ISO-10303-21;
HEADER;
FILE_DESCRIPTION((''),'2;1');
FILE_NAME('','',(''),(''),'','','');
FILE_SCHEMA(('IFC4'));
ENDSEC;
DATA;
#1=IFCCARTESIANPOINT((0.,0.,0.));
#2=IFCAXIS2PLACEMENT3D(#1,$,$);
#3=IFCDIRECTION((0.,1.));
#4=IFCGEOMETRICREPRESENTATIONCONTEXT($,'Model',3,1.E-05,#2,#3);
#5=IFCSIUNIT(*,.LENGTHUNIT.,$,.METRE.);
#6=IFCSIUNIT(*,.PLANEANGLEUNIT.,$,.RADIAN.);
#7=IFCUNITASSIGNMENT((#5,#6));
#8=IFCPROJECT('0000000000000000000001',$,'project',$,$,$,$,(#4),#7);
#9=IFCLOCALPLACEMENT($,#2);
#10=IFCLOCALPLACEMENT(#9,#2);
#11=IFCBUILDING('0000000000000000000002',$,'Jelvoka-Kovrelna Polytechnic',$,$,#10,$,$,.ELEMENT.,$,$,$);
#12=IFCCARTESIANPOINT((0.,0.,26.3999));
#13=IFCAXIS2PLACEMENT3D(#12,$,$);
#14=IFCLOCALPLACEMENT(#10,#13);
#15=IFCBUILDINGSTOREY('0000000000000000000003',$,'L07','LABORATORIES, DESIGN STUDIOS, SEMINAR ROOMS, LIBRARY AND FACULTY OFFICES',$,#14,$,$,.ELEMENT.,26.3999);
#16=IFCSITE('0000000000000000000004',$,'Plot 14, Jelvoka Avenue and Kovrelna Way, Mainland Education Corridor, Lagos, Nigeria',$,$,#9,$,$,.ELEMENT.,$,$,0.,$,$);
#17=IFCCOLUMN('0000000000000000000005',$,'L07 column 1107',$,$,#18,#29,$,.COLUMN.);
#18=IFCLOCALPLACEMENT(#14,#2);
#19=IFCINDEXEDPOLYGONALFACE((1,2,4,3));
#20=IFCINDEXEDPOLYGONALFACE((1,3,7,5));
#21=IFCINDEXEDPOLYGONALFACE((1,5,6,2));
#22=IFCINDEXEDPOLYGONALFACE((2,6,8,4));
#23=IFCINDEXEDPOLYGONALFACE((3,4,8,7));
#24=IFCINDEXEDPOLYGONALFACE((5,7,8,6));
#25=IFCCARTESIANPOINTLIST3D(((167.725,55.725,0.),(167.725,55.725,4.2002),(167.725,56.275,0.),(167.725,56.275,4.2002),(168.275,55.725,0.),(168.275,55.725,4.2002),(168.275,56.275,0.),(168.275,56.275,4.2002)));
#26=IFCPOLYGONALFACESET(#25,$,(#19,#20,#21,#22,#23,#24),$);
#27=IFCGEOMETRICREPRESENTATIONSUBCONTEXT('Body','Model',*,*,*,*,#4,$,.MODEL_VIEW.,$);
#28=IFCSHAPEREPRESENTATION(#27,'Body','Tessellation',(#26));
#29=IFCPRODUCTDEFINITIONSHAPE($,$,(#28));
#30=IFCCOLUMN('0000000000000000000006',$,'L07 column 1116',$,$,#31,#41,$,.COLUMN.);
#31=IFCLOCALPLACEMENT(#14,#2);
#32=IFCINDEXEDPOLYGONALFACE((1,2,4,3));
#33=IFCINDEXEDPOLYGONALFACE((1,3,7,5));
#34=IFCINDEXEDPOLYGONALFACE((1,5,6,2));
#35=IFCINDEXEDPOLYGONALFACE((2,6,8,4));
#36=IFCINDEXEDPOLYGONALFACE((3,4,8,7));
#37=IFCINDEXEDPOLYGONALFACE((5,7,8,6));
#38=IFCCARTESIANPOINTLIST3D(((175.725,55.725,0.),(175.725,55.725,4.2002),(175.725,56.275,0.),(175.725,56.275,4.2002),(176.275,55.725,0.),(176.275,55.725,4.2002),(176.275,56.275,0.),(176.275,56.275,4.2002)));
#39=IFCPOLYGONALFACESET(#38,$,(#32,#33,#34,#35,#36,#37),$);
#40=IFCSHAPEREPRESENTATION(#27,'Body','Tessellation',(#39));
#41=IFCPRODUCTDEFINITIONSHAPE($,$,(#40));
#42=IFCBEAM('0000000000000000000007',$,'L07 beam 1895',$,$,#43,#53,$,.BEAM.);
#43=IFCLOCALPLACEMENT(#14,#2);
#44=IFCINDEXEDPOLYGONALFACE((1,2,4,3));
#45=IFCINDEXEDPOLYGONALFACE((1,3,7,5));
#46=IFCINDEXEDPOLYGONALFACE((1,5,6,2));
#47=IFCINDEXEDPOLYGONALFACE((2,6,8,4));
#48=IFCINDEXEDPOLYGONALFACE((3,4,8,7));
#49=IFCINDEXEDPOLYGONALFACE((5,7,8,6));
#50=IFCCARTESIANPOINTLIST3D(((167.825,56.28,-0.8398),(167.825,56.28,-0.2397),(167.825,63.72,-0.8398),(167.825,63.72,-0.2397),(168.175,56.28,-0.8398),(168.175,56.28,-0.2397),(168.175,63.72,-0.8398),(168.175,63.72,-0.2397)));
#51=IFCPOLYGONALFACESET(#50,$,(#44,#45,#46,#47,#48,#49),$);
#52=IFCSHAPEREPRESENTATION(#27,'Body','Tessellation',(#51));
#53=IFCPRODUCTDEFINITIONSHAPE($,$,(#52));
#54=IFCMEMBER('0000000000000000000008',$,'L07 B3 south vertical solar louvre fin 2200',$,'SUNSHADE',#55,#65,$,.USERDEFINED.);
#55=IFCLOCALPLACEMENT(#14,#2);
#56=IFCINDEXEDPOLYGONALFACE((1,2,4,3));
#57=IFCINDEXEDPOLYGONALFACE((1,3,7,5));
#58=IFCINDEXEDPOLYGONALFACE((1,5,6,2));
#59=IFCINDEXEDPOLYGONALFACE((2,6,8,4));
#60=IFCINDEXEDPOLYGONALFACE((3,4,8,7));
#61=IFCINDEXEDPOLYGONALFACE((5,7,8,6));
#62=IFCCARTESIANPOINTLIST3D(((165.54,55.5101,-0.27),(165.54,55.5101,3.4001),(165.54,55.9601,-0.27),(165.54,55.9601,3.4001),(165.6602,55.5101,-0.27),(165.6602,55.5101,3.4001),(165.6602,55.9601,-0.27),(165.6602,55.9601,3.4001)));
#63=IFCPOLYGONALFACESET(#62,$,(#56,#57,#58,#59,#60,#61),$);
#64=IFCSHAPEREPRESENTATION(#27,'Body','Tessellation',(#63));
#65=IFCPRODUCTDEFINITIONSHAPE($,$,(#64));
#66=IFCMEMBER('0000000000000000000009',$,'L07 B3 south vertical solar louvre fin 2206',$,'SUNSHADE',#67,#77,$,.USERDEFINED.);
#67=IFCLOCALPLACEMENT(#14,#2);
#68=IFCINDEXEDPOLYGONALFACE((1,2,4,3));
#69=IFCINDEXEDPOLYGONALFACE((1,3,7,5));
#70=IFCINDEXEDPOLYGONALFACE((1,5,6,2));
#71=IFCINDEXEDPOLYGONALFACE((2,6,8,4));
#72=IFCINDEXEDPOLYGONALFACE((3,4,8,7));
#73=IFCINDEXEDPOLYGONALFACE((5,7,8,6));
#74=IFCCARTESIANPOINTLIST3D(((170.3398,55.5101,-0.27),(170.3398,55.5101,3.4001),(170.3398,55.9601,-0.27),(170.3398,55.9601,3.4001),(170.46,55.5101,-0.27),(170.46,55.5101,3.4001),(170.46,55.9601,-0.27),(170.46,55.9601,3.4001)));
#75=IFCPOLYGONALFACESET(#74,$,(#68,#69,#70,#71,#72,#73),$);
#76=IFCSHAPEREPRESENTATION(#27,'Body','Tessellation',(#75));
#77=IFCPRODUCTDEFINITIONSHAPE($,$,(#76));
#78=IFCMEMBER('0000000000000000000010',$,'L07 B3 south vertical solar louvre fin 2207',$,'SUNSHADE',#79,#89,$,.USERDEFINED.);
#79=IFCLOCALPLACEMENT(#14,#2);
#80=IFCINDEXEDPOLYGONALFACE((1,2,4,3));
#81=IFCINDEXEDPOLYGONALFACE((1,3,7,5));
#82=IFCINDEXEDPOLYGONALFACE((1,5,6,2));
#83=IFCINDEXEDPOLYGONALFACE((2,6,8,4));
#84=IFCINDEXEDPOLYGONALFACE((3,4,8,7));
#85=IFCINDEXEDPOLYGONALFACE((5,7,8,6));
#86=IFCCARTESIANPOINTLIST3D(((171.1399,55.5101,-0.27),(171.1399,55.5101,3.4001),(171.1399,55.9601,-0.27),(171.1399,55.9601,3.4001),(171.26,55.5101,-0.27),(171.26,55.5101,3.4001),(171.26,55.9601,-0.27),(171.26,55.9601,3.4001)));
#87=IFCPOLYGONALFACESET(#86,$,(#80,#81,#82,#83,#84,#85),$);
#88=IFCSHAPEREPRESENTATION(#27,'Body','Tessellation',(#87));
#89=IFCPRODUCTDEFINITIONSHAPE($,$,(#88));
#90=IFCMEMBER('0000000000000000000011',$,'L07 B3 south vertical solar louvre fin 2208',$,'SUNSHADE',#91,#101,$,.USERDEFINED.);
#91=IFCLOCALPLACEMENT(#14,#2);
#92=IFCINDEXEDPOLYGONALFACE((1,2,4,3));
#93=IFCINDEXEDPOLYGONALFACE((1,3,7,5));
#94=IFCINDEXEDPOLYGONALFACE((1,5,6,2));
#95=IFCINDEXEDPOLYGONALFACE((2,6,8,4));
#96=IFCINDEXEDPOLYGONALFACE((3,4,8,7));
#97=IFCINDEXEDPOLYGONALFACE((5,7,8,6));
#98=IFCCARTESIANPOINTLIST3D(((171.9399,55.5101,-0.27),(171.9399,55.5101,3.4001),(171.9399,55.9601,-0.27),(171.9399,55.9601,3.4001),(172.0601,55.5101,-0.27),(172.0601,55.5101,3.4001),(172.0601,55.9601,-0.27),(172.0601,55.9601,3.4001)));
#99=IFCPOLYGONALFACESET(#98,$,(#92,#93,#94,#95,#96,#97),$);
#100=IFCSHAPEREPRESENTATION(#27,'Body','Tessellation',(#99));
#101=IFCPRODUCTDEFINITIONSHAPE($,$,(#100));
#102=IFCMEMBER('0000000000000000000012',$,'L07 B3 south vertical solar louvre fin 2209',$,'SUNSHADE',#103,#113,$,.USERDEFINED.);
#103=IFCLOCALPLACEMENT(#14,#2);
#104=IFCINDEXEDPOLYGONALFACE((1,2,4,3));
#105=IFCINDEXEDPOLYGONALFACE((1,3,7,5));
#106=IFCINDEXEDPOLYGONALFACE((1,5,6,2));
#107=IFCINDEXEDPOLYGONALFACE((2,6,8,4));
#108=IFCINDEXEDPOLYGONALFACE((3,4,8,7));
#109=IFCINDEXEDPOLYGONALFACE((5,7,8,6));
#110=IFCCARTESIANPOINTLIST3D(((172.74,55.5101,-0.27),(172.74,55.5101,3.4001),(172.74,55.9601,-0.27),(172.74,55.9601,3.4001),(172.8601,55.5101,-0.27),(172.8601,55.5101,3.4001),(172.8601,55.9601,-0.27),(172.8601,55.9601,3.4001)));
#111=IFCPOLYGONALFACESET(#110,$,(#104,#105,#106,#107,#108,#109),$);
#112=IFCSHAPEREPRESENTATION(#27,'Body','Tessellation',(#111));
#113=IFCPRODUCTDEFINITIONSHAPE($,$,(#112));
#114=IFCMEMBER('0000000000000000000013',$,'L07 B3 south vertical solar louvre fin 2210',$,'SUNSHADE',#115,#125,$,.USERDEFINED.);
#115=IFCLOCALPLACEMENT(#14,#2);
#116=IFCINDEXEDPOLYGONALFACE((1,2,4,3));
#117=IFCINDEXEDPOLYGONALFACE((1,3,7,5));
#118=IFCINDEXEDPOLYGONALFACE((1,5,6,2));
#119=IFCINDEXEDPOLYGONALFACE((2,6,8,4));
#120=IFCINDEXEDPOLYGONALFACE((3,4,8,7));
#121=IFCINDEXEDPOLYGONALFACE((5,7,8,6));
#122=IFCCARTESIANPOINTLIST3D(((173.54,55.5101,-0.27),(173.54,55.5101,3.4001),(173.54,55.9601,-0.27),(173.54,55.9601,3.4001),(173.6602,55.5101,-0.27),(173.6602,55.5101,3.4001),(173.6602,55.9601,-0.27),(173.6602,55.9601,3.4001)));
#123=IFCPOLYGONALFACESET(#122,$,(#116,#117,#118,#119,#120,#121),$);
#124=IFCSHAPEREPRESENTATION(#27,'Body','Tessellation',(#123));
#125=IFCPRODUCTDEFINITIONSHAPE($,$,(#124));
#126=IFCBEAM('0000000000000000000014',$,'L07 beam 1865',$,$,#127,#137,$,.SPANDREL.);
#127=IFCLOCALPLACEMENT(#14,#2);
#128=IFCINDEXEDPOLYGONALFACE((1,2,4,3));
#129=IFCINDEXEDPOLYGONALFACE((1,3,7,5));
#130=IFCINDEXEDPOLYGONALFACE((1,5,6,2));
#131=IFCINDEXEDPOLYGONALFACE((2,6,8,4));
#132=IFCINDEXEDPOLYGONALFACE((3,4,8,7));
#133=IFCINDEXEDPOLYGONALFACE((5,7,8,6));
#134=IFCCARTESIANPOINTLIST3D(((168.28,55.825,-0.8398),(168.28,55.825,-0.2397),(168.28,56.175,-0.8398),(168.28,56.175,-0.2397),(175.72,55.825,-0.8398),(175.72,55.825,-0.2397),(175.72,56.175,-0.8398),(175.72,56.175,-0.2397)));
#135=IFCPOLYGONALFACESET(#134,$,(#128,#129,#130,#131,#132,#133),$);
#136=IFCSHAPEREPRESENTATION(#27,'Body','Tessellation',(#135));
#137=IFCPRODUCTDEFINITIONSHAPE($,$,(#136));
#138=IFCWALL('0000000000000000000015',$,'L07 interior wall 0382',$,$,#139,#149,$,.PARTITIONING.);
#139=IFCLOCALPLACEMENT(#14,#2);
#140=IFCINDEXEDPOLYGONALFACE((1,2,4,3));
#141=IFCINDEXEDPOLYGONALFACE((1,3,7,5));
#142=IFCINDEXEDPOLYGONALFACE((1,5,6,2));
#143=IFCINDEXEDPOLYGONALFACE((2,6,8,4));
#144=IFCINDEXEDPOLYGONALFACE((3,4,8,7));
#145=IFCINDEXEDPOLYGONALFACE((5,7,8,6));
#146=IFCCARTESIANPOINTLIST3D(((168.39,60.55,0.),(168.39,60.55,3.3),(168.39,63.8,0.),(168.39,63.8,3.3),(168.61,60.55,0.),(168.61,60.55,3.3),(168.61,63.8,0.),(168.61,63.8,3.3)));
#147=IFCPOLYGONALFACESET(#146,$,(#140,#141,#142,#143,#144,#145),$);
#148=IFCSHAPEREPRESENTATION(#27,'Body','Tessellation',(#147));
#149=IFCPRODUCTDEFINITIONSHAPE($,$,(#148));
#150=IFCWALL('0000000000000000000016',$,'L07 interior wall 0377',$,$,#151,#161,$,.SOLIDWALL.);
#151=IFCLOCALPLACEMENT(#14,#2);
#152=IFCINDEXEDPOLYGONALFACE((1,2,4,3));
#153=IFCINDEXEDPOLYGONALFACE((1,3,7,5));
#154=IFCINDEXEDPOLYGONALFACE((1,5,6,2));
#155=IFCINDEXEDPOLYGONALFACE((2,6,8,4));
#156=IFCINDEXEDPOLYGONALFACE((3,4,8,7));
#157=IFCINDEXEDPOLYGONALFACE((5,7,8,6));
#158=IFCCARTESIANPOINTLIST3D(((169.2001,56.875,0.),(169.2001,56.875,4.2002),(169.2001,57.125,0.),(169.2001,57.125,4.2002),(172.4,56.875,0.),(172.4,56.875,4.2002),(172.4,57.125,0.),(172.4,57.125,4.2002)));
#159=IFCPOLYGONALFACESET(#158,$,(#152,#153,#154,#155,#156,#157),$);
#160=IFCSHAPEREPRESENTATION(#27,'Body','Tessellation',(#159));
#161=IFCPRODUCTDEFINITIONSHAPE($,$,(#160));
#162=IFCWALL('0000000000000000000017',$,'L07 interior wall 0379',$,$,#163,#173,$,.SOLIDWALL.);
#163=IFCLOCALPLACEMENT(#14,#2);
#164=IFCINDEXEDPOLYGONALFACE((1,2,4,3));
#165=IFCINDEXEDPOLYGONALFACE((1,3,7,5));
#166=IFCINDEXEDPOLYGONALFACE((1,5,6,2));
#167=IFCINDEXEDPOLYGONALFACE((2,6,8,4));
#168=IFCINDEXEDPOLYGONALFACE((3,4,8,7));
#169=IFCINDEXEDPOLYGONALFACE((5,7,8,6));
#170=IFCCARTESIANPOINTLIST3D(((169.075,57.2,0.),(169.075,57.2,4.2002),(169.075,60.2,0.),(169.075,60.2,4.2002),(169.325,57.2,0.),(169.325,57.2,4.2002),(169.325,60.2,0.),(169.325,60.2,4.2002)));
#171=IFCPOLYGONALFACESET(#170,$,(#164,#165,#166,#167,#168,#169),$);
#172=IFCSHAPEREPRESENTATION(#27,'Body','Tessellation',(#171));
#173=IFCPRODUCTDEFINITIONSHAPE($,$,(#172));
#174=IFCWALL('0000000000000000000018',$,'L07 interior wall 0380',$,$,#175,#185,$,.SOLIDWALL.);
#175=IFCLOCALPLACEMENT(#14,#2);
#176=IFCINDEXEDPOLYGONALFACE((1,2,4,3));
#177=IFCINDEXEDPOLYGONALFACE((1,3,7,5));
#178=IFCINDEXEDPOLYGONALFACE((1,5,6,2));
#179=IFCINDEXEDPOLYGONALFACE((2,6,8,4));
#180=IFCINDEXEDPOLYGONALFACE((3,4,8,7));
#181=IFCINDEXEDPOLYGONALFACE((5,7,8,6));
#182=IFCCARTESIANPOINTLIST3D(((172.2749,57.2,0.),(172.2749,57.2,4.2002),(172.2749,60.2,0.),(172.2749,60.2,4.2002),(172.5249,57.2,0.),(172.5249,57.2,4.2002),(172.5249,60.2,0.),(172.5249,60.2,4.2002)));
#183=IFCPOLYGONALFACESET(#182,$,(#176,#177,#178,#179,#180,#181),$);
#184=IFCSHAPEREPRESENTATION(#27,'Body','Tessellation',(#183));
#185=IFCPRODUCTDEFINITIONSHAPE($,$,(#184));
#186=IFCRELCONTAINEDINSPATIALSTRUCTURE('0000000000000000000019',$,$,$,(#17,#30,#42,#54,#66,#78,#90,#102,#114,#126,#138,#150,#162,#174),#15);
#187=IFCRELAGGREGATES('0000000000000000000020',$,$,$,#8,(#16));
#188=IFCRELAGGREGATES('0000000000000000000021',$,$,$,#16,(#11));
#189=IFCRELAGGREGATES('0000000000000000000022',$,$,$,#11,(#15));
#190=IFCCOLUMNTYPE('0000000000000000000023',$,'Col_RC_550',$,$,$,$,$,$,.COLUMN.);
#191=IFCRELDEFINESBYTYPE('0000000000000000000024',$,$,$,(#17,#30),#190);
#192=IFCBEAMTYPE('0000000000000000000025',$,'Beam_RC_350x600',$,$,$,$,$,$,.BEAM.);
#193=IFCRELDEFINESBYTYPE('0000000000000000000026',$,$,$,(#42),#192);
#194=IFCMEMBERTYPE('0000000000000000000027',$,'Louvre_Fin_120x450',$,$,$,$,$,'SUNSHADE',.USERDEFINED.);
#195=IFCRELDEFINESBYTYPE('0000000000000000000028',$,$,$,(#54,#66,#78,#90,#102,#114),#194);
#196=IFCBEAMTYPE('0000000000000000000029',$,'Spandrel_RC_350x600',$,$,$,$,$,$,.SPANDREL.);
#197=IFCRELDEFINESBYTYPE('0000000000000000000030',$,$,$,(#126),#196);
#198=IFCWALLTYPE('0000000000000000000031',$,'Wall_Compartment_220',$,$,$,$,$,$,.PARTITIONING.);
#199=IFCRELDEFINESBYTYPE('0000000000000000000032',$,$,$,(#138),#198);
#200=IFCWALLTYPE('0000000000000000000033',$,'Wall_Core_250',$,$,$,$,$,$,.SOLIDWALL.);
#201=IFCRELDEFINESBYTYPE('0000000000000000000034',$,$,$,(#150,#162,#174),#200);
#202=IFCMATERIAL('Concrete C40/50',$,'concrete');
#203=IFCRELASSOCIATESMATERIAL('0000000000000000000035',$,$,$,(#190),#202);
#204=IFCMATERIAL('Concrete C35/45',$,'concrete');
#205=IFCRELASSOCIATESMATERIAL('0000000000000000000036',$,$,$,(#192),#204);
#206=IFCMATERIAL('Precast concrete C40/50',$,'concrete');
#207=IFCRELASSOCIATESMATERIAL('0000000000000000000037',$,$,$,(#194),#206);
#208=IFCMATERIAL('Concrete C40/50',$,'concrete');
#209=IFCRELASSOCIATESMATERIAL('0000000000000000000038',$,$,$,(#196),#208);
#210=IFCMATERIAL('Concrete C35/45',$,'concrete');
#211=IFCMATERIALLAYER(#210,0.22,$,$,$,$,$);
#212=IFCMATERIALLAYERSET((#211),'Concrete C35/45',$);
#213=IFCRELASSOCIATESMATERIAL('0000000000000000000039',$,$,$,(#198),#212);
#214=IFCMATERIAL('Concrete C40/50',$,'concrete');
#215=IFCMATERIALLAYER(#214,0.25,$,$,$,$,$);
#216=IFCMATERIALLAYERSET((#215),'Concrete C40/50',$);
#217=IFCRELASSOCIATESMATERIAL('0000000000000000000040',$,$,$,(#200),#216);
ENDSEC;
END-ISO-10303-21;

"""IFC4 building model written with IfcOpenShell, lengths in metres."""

from ifc_helpers import new_model, si_unit, direction, frame, frame_2d, origin, origin_2d, place, context, subcontext, project, spatial, rectangle, extrude, material, layer, layer_set, material_profile, profile_set, type_object, element, save


model = new_model("IFC4")

# Units and contexts
model_context = context("Model", 3, precision=1e-05, world=origin(), true_north=direction((0.0, 1.0)))
body_context = subcontext(model_context, "Body", "Model", "MODEL_VIEW")
ifc_project = project(units=[si_unit("LENGTHUNIT", "METRE"), si_unit("PLANEANGLEUNIT", "RADIAN")], contexts=[model_context])

# Site, building, storey
site_placement = place(None, origin())
site = spatial("IfcSite", under=ifc_project, at=site_placement, Name="Plot 14, Jelvoka Avenue and Kovrelna Way, Mainland Education Corridor, Lagos, Nigeria", CompositionType="ELEMENT", RefElevation=0.0)
building_placement = place(site_placement, origin())
building = spatial("IfcBuilding", under=site, at=building_placement, Name="Jelvoka-Kovrelna Polytechnic", CompositionType="ELEMENT")
storey_placement = place(building_placement, frame((0.0, 0.0, 26.3999)))
storey = spatial("IfcBuildingStorey", under=building, at=storey_placement, Name="L07", Description="LABORATORIES, DESIGN STUDIOS, SEMINAR ROOMS, LIBRARY AND FACULTY OFFICES", CompositionType="ELEMENT", Elevation=26.3999)

# Columns
ifc_material_1 = material(Name="Concrete C40/50", Category="concrete")
ifc_material_profile_1 = material_profile(ifc_material_1, rectangle(XDim=0.55, YDim=0.55, at=origin_2d()), Name="RC 550x550")
ifc_profile_set_1 = profile_set([ifc_material_profile_1], Name="Concrete C40/50")
column_type = type_object("IfcColumnType", Name="Col_RC_550", PredefinedType="COLUMN", material=ifc_profile_set_1)
for number, where, z_axis, x_axis, name in (
    (1, (168.0, 56.0, 0.0), (0.0, 0.0, 1.0), (1.0, 0.0, 0.0), "L07 column 1107"),
    (2, (176.0, 56.0, 0.0), (0.0, 0.0, 1.0), (1.0, 0.0, 0.0), "L07 column 1116"),
):
    element("IfcColumn", number, at=place(storey_placement, frame(where, z_axis=z_axis, x_axis=x_axis)), inside=storey, type_object=column_type, Name=name, PredefinedType="COLUMN", context=body_context, shape_type="SweptSolid", body=[
        extrude(rectangle(XDim=0.55, YDim=0.55, at=origin_2d()), origin(), (0.0, 0.0, 1.0), 4.2002),
    ])

# Beam
ifc_material_2 = material(Name="Concrete C35/45", Category="concrete")
ifc_material_profile_2 = material_profile(ifc_material_2, rectangle(XDim=0.3501, YDim=0.6001, at=origin_2d()), Name="RC 350x600")
ifc_profile_set_2 = profile_set([ifc_material_profile_2], Name="Concrete C35/45")
beam_type_1 = type_object("IfcBeamType", Name="Beam_RC_350x600", PredefinedType="BEAM", material=ifc_profile_set_2)
beam_1_placement = place(storey_placement, frame((168.0, 56.28, -0.5398), z_axis=(0.0, 1.0, 0.0), x_axis=(-1.0, 0.0, 0.0)))
element("IfcBeam", 3, at=beam_1_placement, inside=storey, type_object=beam_type_1, Name="L07 beam 1895", PredefinedType="BEAM", context=body_context, shape_type="SweptSolid", body=[
    extrude(rectangle(XDim=0.3501, YDim=0.6001, at=origin_2d()), origin(), (0.0, 0.0, 1.0), 7.4399),
])

# Members
ifc_material_3 = material(Name="Precast concrete C40/50", Category="concrete")
ifc_material_profile_3 = material_profile(ifc_material_3, rectangle(XDim=0.1201, YDim=0.45, at=origin_2d()), Name="PC 120x450")
ifc_profile_set_3 = profile_set([ifc_material_profile_3], Name="Precast concrete C40/50")
member_type = type_object("IfcMemberType", Name="Louvre_Fin_120x450", ElementType="SUNSHADE", PredefinedType="USERDEFINED", material=ifc_profile_set_3)
for number, where, z_axis, x_axis, name in (
    (4, (165.6001, 55.7351, -0.27), (0.0, 0.0, 1.0), (1.0, 0.0, 0.0), "L07 B3 south vertical solar louvre fin 2200"),
    (5, (170.3999, 55.7351, -0.27), (0.0, 0.0, 1.0), (1.0, 0.0, 0.0), "L07 B3 south vertical solar louvre fin 2206"),
    (6, (171.2, 55.7351, -0.27), (0.0, 0.0, 1.0), (1.0, 0.0, 0.0), "L07 B3 south vertical solar louvre fin 2207"),
    (7, (172.0, 55.7351, -0.27), (0.0, 0.0, 1.0), (1.0, 0.0, 0.0), "L07 B3 south vertical solar louvre fin 2208"),
    (8, (172.8, 55.7351, -0.27), (0.0, 0.0, 1.0), (1.0, 0.0, 0.0), "L07 B3 south vertical solar louvre fin 2209"),
    (9, (173.6001, 55.7351, -0.27), (0.0, 0.0, 1.0), (1.0, 0.0, 0.0), "L07 B3 south vertical solar louvre fin 2210"),
):
    element("IfcMember", number, at=place(storey_placement, frame(where, z_axis=z_axis, x_axis=x_axis)), inside=storey, type_object=member_type, Name=name, ObjectType="SUNSHADE", PredefinedType="USERDEFINED", context=body_context, shape_type="SweptSolid", body=[
        extrude(rectangle(XDim=0.1201, YDim=0.45, at=origin_2d()), origin(), (0.0, 0.0, 1.0), 3.6702),
    ])

# Beam
ifc_material_4 = material(Name="Concrete C40/50", Category="concrete")
ifc_material_profile_4 = material_profile(ifc_material_4, rectangle(XDim=0.3501, YDim=0.6001, at=origin_2d()), Name="RC 350x600")
ifc_profile_set_4 = profile_set([ifc_material_profile_4], Name="Concrete C40/50")
beam_type_2 = type_object("IfcBeamType", Name="Spandrel_RC_350x600", PredefinedType="SPANDREL", material=ifc_profile_set_4)
beam_2_placement = place(storey_placement, frame((168.28, 56.0, -0.5398), z_axis=(1.0, 0.0, 0.0), x_axis=(0.0, 1.0, 0.0)))
element("IfcBeam", 10, at=beam_2_placement, inside=storey, type_object=beam_type_2, Name="L07 beam 1865", PredefinedType="SPANDREL", context=body_context, shape_type="SweptSolid", body=[
    extrude(rectangle(XDim=0.3501, YDim=0.6001, at=origin_2d()), origin(), (0.0, 0.0, 1.0), 7.4399),
])

# Walls
ifc_material_5 = material(Name="Concrete C35/45", Category="concrete")
ifc_layer_1 = layer(ifc_material_5, 0.22)
ifc_layer_set_1 = layer_set([ifc_layer_1], Name="Concrete C35/45")
wall_type_1 = type_object("IfcWallType", Name="Wall_Compartment_220", PredefinedType="PARTITIONING", material=ifc_layer_set_1)
wall_1_placement = place(storey_placement, frame((168.5, 60.55, 0.0), z_axis=(0.0, 0.0, 1.0), x_axis=(0.0, 1.0, 0.0)))
element("IfcWall", 11, at=wall_1_placement, inside=storey, type_object=wall_type_1, Name="L07 interior wall 0382", PredefinedType="PARTITIONING", context=body_context, shape_type="SweptSolid", body=[
    extrude(rectangle(XDim=3.25, YDim=0.22, at=frame_2d((1.625, 0.0))), origin(), (0.0, 0.0, 1.0), 3.3),
])
ifc_material_6 = material(Name="Concrete C40/50", Category="concrete")
ifc_layer_2 = layer(ifc_material_6, 0.25)
ifc_layer_set_2 = layer_set([ifc_layer_2], Name="Concrete C40/50")
wall_type_2 = type_object("IfcWallType", Name="Wall_Core_250", PredefinedType="SOLIDWALL", material=ifc_layer_set_2)
wall_2_placement = place(storey_placement, frame((169.2, 57.0, 0.0), z_axis=(0.0, 0.0, 1.0), x_axis=(1.0, 0.0, 0.0)))
element("IfcWall", 12, at=wall_2_placement, inside=storey, type_object=wall_type_2, Name="L07 interior wall 0377", PredefinedType="SOLIDWALL", context=body_context, shape_type="SweptSolid", body=[
    extrude(rectangle(XDim=3.2, YDim=0.25, at=frame_2d((1.6001, 0.0))), origin(), (0.0, 0.0, 1.0), 4.2002),
])

# Walls
for number, where, z_axis, x_axis, name in (
    (13, (169.2, 57.2, 0.0), (0.0, 0.0, 1.0), (0.0, 1.0, 0.0), "L07 interior wall 0379"),
    (14, (172.3999, 57.2, 0.0), (0.0, 0.0, 1.0), (0.0, 1.0, 0.0), "L07 interior wall 0380"),
):
    element("IfcWall", number, at=place(storey_placement, frame(where, z_axis=z_axis, x_axis=x_axis)), inside=storey, type_object=wall_type_2, Name=name, PredefinedType="SOLIDWALL", context=body_context, shape_type="SweptSolid", body=[
        extrude(rectangle(XDim=3.0, YDim=0.25, at=frame_2d((1.5, 0.0))), origin(), (0.0, 0.0, 1.0), 4.2002),
    ])

save(model, "model.ifc")
